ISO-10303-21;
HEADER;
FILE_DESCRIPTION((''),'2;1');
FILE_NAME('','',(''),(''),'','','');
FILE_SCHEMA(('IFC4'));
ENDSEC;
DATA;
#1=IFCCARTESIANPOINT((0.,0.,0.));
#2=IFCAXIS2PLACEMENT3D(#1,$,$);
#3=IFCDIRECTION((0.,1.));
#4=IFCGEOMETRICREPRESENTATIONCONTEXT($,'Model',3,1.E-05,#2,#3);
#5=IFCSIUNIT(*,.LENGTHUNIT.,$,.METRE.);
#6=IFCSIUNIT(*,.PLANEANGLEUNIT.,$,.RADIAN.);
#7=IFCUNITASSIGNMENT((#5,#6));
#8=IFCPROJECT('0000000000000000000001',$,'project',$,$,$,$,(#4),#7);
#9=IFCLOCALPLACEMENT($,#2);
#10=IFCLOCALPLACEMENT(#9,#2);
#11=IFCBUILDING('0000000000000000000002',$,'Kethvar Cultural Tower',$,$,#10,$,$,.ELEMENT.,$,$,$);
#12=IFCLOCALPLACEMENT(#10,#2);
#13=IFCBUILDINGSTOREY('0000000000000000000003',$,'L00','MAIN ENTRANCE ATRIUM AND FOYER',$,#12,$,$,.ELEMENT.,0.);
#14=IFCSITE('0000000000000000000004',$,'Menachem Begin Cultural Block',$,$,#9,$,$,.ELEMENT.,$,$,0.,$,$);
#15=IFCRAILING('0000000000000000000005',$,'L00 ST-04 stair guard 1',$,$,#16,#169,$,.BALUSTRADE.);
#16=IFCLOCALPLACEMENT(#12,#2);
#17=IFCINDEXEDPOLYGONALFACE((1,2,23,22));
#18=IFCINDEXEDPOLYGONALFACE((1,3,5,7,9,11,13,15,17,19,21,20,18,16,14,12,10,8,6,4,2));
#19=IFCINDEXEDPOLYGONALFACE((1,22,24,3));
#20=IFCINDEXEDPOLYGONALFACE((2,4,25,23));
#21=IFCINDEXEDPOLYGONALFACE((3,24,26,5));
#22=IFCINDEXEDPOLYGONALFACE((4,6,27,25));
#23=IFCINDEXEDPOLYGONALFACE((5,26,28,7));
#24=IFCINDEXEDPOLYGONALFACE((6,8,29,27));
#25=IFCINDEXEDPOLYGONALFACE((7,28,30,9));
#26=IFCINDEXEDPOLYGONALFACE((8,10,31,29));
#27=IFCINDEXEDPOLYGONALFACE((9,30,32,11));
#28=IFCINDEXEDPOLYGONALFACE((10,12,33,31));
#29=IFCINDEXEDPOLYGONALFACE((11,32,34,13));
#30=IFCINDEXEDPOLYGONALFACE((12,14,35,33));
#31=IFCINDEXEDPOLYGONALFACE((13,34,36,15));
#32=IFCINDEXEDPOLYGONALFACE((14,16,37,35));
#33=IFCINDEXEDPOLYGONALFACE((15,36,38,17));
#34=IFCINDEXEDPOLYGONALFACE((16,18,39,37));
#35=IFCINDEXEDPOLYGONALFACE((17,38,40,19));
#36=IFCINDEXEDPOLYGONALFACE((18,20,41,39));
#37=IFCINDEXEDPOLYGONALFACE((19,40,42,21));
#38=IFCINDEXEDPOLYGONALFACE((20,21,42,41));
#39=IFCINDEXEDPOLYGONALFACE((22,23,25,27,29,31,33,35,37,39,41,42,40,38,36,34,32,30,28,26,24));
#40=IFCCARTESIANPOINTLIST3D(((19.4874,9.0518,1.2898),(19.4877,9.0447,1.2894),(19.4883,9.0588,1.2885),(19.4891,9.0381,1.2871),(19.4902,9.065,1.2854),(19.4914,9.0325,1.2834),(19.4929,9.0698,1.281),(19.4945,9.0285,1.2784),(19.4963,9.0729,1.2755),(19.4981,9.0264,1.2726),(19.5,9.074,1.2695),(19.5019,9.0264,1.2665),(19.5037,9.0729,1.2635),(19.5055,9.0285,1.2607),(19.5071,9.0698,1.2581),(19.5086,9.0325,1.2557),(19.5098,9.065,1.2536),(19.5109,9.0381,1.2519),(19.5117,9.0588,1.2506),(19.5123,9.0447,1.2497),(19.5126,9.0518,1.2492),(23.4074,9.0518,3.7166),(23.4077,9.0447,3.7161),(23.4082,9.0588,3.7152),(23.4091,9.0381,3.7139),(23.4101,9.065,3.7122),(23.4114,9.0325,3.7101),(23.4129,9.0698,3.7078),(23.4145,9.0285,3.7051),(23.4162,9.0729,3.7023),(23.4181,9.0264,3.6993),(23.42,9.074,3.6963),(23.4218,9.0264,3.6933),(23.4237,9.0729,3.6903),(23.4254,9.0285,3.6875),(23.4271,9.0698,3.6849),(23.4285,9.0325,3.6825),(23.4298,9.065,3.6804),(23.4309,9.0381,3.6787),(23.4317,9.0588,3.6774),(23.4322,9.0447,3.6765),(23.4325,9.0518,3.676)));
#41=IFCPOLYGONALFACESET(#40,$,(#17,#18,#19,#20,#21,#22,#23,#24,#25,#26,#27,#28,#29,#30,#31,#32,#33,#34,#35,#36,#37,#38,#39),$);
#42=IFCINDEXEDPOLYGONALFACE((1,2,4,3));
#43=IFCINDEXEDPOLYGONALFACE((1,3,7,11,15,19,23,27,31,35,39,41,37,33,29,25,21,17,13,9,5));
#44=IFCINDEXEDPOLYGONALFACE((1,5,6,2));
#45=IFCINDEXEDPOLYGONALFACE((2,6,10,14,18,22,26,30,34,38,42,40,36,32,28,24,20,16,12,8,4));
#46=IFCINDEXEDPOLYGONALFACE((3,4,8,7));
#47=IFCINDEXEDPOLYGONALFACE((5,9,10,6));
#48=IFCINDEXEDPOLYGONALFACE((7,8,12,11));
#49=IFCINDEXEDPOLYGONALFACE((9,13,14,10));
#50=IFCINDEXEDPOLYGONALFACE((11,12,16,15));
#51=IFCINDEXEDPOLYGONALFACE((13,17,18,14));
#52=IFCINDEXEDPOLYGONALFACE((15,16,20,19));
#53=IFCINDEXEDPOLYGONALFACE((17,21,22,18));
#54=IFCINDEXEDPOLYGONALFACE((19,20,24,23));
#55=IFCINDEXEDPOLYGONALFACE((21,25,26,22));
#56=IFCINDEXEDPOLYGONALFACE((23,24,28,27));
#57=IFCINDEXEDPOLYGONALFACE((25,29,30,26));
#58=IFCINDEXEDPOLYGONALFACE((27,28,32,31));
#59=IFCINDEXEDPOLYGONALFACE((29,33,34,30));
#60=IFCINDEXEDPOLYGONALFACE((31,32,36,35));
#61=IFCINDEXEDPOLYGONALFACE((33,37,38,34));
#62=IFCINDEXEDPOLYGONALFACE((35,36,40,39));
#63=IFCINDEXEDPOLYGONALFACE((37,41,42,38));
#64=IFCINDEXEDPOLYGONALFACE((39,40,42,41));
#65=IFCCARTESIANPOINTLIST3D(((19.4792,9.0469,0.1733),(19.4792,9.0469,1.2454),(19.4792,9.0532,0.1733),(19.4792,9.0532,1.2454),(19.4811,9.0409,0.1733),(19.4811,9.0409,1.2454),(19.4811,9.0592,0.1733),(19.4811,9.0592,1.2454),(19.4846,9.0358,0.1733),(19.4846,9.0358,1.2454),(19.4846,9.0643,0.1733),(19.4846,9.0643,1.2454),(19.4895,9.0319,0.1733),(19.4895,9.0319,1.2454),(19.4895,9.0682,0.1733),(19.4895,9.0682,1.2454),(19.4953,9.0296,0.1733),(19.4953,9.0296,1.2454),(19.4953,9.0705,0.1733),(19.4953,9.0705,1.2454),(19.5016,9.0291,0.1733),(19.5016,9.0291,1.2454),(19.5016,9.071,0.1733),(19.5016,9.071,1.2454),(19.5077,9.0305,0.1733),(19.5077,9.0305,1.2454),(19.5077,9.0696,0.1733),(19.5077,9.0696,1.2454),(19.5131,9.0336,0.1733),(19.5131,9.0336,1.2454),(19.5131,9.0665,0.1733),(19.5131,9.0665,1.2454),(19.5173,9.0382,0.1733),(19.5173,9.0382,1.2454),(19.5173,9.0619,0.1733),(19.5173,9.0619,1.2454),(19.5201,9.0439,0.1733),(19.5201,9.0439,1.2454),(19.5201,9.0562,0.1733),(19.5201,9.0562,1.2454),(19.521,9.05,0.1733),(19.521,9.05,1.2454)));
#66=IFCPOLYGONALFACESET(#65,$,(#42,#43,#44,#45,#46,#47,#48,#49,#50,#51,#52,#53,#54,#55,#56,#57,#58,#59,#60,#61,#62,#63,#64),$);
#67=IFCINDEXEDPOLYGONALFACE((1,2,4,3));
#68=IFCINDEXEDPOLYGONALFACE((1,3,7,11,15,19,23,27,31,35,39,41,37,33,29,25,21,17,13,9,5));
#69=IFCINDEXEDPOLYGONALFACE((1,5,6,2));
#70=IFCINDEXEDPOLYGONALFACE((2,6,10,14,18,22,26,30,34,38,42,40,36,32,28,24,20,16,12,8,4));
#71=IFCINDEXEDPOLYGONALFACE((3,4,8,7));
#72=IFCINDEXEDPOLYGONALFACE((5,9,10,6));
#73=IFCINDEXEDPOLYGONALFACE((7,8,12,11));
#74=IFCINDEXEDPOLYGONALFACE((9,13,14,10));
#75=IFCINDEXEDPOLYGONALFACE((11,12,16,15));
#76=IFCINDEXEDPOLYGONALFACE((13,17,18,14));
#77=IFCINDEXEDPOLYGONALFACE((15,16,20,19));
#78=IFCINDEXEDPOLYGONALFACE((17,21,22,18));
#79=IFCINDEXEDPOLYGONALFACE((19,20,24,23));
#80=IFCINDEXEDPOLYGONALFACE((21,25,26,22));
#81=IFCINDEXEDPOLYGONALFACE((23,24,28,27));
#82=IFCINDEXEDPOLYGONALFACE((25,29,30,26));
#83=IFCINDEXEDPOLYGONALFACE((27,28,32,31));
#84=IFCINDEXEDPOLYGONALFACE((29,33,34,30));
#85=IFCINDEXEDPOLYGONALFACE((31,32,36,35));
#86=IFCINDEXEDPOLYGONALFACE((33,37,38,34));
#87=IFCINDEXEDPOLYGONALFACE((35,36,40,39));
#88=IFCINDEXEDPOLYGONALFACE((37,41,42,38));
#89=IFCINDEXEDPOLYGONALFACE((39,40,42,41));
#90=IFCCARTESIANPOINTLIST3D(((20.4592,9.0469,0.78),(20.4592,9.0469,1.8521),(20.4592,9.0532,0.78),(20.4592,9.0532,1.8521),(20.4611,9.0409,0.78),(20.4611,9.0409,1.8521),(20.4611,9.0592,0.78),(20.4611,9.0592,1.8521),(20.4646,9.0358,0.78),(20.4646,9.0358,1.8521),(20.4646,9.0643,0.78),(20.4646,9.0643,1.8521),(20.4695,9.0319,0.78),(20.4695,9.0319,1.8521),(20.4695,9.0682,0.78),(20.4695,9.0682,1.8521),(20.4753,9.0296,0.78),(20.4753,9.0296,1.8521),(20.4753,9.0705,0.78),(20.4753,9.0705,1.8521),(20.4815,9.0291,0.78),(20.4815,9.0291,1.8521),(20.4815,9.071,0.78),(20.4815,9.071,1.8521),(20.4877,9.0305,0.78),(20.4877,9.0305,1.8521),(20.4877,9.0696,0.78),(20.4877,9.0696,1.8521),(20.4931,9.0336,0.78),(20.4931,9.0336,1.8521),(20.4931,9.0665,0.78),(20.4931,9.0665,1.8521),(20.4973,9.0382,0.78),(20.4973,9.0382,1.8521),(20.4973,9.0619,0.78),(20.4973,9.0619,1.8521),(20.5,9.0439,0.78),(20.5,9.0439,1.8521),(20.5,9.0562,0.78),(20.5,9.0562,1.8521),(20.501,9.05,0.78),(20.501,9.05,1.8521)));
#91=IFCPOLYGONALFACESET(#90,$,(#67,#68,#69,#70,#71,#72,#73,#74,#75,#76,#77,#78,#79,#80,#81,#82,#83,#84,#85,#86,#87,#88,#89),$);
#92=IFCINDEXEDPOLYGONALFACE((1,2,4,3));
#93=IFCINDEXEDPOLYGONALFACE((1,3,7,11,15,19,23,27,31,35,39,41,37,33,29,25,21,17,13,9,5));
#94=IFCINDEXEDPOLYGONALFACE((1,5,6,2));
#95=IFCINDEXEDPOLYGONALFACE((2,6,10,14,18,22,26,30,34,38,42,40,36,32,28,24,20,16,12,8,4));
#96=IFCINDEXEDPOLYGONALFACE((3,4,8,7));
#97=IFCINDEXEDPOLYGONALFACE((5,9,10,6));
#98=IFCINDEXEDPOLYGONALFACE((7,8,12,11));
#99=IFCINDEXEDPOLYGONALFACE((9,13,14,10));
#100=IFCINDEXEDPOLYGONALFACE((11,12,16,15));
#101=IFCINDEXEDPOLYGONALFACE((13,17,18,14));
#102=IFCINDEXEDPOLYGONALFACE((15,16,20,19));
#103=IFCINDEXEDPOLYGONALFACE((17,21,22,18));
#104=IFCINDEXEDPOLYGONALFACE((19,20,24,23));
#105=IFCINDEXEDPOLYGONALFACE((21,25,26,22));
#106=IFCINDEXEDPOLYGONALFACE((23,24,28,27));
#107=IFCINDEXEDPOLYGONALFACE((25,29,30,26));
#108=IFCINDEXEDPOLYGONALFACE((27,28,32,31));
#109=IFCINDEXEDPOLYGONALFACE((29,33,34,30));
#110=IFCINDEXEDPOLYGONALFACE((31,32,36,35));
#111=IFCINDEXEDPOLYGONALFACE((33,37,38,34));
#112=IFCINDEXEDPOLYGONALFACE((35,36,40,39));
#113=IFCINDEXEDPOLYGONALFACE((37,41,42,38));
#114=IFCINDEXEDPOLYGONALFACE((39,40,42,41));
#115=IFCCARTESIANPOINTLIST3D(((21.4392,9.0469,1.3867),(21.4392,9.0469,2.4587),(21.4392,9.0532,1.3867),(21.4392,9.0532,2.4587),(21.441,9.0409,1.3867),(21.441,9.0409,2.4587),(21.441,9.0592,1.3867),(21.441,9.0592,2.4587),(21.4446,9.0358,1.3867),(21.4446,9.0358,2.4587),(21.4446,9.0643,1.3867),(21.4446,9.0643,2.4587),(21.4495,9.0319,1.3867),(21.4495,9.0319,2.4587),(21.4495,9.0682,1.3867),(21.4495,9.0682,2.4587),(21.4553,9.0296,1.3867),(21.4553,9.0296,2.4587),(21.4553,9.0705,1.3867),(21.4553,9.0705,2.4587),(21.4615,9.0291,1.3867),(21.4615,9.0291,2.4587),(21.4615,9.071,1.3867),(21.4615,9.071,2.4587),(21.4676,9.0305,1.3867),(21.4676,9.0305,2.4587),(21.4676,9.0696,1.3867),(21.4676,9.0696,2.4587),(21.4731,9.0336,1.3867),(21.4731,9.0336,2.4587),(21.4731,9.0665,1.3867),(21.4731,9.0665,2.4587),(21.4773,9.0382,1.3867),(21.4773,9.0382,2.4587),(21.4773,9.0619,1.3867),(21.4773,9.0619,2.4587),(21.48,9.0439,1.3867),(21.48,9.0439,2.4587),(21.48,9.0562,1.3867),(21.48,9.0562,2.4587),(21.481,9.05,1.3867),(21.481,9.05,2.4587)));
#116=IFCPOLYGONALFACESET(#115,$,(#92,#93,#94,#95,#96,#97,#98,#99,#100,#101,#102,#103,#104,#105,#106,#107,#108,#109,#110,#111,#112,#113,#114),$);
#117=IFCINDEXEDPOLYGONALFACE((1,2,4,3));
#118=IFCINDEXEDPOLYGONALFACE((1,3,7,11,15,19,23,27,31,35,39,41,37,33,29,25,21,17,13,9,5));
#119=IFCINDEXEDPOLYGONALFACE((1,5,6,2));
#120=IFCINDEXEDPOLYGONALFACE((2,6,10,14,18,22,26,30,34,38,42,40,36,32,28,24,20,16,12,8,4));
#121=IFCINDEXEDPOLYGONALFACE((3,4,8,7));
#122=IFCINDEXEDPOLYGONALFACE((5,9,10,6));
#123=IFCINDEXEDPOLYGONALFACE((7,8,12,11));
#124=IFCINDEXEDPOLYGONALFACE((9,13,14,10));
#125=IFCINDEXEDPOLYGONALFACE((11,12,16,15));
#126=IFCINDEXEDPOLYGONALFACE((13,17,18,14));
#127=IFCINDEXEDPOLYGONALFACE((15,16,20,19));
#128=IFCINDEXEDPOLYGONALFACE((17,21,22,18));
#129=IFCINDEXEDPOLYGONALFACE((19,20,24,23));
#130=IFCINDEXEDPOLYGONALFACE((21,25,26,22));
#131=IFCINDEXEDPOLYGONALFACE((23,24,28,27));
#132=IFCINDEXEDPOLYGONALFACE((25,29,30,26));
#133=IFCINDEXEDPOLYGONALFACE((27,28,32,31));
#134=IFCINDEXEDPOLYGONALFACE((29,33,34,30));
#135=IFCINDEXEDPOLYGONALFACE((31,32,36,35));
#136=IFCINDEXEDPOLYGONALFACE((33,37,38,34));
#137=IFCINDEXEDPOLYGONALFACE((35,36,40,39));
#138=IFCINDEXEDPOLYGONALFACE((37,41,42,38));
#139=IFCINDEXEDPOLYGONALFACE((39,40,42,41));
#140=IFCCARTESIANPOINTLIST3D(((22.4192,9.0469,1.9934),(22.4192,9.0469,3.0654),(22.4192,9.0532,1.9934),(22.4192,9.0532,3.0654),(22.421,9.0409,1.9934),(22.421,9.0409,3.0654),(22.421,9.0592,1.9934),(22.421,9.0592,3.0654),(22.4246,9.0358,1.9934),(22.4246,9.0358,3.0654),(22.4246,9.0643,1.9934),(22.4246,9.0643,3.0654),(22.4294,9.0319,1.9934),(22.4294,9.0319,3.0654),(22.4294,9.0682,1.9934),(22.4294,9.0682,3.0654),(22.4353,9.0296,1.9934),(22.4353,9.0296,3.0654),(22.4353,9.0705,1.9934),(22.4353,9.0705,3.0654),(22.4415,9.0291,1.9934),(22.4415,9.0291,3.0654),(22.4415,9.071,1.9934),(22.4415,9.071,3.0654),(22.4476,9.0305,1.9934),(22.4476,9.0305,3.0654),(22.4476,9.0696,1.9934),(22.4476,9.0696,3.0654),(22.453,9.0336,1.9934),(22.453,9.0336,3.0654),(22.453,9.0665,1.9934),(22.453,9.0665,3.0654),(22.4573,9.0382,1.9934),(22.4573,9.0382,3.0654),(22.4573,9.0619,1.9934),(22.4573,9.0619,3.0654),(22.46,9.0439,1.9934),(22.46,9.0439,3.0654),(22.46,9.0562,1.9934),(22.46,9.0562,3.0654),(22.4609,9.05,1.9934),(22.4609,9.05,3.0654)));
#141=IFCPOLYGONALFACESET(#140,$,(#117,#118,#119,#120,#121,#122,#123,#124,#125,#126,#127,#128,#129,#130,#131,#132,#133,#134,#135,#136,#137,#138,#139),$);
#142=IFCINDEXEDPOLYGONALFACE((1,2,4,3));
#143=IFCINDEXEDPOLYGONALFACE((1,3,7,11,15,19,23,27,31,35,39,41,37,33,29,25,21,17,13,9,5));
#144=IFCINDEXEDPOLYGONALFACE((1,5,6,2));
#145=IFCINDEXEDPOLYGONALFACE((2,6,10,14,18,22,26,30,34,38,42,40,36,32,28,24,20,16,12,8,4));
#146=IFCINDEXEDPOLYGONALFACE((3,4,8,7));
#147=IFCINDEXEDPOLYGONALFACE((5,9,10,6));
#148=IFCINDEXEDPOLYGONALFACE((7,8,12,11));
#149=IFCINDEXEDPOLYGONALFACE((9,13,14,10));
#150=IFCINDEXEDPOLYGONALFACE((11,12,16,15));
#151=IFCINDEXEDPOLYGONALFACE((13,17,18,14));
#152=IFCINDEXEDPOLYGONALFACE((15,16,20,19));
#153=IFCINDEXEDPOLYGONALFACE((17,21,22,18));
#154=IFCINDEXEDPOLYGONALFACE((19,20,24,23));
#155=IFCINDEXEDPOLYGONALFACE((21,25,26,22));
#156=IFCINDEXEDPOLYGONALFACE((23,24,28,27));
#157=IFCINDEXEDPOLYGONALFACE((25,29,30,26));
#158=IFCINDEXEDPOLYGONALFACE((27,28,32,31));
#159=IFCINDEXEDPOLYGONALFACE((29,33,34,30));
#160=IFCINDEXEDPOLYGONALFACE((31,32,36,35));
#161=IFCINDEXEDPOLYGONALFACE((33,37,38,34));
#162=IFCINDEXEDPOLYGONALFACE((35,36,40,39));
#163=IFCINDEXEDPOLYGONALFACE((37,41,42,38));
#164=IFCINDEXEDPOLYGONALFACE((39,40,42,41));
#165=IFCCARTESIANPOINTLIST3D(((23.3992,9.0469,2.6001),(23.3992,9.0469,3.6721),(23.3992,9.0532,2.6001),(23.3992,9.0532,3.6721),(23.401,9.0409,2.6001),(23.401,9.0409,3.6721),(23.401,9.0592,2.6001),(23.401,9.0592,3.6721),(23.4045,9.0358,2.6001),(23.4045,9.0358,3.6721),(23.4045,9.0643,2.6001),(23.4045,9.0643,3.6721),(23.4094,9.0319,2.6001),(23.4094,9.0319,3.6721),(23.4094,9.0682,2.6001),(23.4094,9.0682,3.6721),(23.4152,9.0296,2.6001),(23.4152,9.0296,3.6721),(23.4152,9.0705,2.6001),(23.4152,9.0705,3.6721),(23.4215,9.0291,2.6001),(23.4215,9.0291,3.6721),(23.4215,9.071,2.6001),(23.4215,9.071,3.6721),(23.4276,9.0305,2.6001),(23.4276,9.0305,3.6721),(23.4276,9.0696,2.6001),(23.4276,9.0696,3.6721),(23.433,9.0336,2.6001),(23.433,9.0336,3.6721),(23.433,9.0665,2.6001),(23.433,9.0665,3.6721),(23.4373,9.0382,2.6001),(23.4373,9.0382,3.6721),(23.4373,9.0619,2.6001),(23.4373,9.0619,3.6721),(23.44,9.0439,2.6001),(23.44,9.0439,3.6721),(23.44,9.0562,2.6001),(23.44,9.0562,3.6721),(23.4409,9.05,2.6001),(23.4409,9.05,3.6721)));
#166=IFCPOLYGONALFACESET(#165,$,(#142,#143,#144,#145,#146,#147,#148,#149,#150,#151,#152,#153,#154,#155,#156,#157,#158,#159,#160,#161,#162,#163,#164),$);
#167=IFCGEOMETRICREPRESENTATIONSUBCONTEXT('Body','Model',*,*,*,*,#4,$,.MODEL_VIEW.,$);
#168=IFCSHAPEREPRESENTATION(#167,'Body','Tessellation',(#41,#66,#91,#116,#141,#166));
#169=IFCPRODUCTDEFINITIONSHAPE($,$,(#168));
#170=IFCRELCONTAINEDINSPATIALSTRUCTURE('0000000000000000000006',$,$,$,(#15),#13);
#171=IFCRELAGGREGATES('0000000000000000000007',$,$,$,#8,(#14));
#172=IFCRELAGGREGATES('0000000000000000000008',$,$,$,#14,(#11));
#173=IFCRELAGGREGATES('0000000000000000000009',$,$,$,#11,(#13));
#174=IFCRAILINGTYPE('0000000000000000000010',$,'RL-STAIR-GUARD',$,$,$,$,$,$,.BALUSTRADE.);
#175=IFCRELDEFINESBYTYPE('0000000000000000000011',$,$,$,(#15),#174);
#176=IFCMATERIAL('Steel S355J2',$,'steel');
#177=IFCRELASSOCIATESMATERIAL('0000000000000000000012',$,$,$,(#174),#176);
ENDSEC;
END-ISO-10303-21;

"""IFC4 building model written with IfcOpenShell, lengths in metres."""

from ifc_helpers import new_model, si_unit, direction, frame, origin, origin_2d, place, context, subcontext, project, spatial, circle, extrude, material, type_object, element, save


model = new_model("IFC4")

# Units and contexts
model_context = context("Model", 3, precision=1e-05, world=origin(), true_north=direction((0.0, 1.0)))
body_context = subcontext(model_context, "Body", "Model", "MODEL_VIEW")
ifc_project = project(units=[si_unit("LENGTHUNIT", "METRE"), si_unit("PLANEANGLEUNIT", "RADIAN")], contexts=[model_context])

# Site, building, storey
site_placement = place(None, origin())
site = spatial("IfcSite", under=ifc_project, at=site_placement, Name="Menachem Begin Cultural Block", CompositionType="ELEMENT", RefElevation=0.0)
building_placement = place(site_placement, origin())
building = spatial("IfcBuilding", under=site, at=building_placement, Name="Kethvar Cultural Tower", CompositionType="ELEMENT")
storey_placement = place(building_placement, origin())
storey = spatial("IfcBuildingStorey", under=building, at=storey_placement, Name="L00", Description="MAIN ENTRANCE ATRIUM AND FOYER", CompositionType="ELEMENT", Elevation=0.0)

# Shared definitions
ifc_material_1 = material(Name="Steel S355J2", Category="steel")

# Railing
railing_type_1 = type_object("IfcRailingType", Name="RL-STAIR-GUARD", PredefinedType="BALUSTRADE", material=ifc_material_1)
railing_1_placement = place(storey_placement, frame((19.5, 9.05, 0.1733)))
element("IfcRailing", 1, at=railing_1_placement, inside=storey, type_object=railing_type_1, Name="L00 ST-04 stair guard 1", PredefinedType="BALUSTRADE", context=body_context, shape_type="SweptSolid", body=[
    extrude(circle(Radius=0.0239, at=origin_2d()), frame((0.0, 0.0, 1.0962), z_axis=(0.850252, 0.0, 0.526376), x_axis=(0.0, 1.0, 0.0)), (0.0, 0.0, 1.0), 4.6104),
    extrude(circle(Radius=0.021, at=origin_2d()), origin(), (0.0, 0.0, 1.0), 1.072),
    extrude(circle(Radius=0.021, at=origin_2d()), frame((0.98, 0.0, 0.6067)), (0.0, 0.0, 1.0), 1.072),
    extrude(circle(Radius=0.021, at=origin_2d()), frame((1.96, 0.0, 1.2134)), (0.0, 0.0, 1.0), 1.072),
    extrude(circle(Radius=0.021, at=origin_2d()), frame((2.9399, 0.0, 1.8201)), (0.0, 0.0, 1.0), 1.072),
    extrude(circle(Radius=0.021, at=origin_2d()), frame((3.9199, 0.0, 2.4268)), (0.0, 0.0, 1.0), 1.072),
])

save(model, "model.ifc")
